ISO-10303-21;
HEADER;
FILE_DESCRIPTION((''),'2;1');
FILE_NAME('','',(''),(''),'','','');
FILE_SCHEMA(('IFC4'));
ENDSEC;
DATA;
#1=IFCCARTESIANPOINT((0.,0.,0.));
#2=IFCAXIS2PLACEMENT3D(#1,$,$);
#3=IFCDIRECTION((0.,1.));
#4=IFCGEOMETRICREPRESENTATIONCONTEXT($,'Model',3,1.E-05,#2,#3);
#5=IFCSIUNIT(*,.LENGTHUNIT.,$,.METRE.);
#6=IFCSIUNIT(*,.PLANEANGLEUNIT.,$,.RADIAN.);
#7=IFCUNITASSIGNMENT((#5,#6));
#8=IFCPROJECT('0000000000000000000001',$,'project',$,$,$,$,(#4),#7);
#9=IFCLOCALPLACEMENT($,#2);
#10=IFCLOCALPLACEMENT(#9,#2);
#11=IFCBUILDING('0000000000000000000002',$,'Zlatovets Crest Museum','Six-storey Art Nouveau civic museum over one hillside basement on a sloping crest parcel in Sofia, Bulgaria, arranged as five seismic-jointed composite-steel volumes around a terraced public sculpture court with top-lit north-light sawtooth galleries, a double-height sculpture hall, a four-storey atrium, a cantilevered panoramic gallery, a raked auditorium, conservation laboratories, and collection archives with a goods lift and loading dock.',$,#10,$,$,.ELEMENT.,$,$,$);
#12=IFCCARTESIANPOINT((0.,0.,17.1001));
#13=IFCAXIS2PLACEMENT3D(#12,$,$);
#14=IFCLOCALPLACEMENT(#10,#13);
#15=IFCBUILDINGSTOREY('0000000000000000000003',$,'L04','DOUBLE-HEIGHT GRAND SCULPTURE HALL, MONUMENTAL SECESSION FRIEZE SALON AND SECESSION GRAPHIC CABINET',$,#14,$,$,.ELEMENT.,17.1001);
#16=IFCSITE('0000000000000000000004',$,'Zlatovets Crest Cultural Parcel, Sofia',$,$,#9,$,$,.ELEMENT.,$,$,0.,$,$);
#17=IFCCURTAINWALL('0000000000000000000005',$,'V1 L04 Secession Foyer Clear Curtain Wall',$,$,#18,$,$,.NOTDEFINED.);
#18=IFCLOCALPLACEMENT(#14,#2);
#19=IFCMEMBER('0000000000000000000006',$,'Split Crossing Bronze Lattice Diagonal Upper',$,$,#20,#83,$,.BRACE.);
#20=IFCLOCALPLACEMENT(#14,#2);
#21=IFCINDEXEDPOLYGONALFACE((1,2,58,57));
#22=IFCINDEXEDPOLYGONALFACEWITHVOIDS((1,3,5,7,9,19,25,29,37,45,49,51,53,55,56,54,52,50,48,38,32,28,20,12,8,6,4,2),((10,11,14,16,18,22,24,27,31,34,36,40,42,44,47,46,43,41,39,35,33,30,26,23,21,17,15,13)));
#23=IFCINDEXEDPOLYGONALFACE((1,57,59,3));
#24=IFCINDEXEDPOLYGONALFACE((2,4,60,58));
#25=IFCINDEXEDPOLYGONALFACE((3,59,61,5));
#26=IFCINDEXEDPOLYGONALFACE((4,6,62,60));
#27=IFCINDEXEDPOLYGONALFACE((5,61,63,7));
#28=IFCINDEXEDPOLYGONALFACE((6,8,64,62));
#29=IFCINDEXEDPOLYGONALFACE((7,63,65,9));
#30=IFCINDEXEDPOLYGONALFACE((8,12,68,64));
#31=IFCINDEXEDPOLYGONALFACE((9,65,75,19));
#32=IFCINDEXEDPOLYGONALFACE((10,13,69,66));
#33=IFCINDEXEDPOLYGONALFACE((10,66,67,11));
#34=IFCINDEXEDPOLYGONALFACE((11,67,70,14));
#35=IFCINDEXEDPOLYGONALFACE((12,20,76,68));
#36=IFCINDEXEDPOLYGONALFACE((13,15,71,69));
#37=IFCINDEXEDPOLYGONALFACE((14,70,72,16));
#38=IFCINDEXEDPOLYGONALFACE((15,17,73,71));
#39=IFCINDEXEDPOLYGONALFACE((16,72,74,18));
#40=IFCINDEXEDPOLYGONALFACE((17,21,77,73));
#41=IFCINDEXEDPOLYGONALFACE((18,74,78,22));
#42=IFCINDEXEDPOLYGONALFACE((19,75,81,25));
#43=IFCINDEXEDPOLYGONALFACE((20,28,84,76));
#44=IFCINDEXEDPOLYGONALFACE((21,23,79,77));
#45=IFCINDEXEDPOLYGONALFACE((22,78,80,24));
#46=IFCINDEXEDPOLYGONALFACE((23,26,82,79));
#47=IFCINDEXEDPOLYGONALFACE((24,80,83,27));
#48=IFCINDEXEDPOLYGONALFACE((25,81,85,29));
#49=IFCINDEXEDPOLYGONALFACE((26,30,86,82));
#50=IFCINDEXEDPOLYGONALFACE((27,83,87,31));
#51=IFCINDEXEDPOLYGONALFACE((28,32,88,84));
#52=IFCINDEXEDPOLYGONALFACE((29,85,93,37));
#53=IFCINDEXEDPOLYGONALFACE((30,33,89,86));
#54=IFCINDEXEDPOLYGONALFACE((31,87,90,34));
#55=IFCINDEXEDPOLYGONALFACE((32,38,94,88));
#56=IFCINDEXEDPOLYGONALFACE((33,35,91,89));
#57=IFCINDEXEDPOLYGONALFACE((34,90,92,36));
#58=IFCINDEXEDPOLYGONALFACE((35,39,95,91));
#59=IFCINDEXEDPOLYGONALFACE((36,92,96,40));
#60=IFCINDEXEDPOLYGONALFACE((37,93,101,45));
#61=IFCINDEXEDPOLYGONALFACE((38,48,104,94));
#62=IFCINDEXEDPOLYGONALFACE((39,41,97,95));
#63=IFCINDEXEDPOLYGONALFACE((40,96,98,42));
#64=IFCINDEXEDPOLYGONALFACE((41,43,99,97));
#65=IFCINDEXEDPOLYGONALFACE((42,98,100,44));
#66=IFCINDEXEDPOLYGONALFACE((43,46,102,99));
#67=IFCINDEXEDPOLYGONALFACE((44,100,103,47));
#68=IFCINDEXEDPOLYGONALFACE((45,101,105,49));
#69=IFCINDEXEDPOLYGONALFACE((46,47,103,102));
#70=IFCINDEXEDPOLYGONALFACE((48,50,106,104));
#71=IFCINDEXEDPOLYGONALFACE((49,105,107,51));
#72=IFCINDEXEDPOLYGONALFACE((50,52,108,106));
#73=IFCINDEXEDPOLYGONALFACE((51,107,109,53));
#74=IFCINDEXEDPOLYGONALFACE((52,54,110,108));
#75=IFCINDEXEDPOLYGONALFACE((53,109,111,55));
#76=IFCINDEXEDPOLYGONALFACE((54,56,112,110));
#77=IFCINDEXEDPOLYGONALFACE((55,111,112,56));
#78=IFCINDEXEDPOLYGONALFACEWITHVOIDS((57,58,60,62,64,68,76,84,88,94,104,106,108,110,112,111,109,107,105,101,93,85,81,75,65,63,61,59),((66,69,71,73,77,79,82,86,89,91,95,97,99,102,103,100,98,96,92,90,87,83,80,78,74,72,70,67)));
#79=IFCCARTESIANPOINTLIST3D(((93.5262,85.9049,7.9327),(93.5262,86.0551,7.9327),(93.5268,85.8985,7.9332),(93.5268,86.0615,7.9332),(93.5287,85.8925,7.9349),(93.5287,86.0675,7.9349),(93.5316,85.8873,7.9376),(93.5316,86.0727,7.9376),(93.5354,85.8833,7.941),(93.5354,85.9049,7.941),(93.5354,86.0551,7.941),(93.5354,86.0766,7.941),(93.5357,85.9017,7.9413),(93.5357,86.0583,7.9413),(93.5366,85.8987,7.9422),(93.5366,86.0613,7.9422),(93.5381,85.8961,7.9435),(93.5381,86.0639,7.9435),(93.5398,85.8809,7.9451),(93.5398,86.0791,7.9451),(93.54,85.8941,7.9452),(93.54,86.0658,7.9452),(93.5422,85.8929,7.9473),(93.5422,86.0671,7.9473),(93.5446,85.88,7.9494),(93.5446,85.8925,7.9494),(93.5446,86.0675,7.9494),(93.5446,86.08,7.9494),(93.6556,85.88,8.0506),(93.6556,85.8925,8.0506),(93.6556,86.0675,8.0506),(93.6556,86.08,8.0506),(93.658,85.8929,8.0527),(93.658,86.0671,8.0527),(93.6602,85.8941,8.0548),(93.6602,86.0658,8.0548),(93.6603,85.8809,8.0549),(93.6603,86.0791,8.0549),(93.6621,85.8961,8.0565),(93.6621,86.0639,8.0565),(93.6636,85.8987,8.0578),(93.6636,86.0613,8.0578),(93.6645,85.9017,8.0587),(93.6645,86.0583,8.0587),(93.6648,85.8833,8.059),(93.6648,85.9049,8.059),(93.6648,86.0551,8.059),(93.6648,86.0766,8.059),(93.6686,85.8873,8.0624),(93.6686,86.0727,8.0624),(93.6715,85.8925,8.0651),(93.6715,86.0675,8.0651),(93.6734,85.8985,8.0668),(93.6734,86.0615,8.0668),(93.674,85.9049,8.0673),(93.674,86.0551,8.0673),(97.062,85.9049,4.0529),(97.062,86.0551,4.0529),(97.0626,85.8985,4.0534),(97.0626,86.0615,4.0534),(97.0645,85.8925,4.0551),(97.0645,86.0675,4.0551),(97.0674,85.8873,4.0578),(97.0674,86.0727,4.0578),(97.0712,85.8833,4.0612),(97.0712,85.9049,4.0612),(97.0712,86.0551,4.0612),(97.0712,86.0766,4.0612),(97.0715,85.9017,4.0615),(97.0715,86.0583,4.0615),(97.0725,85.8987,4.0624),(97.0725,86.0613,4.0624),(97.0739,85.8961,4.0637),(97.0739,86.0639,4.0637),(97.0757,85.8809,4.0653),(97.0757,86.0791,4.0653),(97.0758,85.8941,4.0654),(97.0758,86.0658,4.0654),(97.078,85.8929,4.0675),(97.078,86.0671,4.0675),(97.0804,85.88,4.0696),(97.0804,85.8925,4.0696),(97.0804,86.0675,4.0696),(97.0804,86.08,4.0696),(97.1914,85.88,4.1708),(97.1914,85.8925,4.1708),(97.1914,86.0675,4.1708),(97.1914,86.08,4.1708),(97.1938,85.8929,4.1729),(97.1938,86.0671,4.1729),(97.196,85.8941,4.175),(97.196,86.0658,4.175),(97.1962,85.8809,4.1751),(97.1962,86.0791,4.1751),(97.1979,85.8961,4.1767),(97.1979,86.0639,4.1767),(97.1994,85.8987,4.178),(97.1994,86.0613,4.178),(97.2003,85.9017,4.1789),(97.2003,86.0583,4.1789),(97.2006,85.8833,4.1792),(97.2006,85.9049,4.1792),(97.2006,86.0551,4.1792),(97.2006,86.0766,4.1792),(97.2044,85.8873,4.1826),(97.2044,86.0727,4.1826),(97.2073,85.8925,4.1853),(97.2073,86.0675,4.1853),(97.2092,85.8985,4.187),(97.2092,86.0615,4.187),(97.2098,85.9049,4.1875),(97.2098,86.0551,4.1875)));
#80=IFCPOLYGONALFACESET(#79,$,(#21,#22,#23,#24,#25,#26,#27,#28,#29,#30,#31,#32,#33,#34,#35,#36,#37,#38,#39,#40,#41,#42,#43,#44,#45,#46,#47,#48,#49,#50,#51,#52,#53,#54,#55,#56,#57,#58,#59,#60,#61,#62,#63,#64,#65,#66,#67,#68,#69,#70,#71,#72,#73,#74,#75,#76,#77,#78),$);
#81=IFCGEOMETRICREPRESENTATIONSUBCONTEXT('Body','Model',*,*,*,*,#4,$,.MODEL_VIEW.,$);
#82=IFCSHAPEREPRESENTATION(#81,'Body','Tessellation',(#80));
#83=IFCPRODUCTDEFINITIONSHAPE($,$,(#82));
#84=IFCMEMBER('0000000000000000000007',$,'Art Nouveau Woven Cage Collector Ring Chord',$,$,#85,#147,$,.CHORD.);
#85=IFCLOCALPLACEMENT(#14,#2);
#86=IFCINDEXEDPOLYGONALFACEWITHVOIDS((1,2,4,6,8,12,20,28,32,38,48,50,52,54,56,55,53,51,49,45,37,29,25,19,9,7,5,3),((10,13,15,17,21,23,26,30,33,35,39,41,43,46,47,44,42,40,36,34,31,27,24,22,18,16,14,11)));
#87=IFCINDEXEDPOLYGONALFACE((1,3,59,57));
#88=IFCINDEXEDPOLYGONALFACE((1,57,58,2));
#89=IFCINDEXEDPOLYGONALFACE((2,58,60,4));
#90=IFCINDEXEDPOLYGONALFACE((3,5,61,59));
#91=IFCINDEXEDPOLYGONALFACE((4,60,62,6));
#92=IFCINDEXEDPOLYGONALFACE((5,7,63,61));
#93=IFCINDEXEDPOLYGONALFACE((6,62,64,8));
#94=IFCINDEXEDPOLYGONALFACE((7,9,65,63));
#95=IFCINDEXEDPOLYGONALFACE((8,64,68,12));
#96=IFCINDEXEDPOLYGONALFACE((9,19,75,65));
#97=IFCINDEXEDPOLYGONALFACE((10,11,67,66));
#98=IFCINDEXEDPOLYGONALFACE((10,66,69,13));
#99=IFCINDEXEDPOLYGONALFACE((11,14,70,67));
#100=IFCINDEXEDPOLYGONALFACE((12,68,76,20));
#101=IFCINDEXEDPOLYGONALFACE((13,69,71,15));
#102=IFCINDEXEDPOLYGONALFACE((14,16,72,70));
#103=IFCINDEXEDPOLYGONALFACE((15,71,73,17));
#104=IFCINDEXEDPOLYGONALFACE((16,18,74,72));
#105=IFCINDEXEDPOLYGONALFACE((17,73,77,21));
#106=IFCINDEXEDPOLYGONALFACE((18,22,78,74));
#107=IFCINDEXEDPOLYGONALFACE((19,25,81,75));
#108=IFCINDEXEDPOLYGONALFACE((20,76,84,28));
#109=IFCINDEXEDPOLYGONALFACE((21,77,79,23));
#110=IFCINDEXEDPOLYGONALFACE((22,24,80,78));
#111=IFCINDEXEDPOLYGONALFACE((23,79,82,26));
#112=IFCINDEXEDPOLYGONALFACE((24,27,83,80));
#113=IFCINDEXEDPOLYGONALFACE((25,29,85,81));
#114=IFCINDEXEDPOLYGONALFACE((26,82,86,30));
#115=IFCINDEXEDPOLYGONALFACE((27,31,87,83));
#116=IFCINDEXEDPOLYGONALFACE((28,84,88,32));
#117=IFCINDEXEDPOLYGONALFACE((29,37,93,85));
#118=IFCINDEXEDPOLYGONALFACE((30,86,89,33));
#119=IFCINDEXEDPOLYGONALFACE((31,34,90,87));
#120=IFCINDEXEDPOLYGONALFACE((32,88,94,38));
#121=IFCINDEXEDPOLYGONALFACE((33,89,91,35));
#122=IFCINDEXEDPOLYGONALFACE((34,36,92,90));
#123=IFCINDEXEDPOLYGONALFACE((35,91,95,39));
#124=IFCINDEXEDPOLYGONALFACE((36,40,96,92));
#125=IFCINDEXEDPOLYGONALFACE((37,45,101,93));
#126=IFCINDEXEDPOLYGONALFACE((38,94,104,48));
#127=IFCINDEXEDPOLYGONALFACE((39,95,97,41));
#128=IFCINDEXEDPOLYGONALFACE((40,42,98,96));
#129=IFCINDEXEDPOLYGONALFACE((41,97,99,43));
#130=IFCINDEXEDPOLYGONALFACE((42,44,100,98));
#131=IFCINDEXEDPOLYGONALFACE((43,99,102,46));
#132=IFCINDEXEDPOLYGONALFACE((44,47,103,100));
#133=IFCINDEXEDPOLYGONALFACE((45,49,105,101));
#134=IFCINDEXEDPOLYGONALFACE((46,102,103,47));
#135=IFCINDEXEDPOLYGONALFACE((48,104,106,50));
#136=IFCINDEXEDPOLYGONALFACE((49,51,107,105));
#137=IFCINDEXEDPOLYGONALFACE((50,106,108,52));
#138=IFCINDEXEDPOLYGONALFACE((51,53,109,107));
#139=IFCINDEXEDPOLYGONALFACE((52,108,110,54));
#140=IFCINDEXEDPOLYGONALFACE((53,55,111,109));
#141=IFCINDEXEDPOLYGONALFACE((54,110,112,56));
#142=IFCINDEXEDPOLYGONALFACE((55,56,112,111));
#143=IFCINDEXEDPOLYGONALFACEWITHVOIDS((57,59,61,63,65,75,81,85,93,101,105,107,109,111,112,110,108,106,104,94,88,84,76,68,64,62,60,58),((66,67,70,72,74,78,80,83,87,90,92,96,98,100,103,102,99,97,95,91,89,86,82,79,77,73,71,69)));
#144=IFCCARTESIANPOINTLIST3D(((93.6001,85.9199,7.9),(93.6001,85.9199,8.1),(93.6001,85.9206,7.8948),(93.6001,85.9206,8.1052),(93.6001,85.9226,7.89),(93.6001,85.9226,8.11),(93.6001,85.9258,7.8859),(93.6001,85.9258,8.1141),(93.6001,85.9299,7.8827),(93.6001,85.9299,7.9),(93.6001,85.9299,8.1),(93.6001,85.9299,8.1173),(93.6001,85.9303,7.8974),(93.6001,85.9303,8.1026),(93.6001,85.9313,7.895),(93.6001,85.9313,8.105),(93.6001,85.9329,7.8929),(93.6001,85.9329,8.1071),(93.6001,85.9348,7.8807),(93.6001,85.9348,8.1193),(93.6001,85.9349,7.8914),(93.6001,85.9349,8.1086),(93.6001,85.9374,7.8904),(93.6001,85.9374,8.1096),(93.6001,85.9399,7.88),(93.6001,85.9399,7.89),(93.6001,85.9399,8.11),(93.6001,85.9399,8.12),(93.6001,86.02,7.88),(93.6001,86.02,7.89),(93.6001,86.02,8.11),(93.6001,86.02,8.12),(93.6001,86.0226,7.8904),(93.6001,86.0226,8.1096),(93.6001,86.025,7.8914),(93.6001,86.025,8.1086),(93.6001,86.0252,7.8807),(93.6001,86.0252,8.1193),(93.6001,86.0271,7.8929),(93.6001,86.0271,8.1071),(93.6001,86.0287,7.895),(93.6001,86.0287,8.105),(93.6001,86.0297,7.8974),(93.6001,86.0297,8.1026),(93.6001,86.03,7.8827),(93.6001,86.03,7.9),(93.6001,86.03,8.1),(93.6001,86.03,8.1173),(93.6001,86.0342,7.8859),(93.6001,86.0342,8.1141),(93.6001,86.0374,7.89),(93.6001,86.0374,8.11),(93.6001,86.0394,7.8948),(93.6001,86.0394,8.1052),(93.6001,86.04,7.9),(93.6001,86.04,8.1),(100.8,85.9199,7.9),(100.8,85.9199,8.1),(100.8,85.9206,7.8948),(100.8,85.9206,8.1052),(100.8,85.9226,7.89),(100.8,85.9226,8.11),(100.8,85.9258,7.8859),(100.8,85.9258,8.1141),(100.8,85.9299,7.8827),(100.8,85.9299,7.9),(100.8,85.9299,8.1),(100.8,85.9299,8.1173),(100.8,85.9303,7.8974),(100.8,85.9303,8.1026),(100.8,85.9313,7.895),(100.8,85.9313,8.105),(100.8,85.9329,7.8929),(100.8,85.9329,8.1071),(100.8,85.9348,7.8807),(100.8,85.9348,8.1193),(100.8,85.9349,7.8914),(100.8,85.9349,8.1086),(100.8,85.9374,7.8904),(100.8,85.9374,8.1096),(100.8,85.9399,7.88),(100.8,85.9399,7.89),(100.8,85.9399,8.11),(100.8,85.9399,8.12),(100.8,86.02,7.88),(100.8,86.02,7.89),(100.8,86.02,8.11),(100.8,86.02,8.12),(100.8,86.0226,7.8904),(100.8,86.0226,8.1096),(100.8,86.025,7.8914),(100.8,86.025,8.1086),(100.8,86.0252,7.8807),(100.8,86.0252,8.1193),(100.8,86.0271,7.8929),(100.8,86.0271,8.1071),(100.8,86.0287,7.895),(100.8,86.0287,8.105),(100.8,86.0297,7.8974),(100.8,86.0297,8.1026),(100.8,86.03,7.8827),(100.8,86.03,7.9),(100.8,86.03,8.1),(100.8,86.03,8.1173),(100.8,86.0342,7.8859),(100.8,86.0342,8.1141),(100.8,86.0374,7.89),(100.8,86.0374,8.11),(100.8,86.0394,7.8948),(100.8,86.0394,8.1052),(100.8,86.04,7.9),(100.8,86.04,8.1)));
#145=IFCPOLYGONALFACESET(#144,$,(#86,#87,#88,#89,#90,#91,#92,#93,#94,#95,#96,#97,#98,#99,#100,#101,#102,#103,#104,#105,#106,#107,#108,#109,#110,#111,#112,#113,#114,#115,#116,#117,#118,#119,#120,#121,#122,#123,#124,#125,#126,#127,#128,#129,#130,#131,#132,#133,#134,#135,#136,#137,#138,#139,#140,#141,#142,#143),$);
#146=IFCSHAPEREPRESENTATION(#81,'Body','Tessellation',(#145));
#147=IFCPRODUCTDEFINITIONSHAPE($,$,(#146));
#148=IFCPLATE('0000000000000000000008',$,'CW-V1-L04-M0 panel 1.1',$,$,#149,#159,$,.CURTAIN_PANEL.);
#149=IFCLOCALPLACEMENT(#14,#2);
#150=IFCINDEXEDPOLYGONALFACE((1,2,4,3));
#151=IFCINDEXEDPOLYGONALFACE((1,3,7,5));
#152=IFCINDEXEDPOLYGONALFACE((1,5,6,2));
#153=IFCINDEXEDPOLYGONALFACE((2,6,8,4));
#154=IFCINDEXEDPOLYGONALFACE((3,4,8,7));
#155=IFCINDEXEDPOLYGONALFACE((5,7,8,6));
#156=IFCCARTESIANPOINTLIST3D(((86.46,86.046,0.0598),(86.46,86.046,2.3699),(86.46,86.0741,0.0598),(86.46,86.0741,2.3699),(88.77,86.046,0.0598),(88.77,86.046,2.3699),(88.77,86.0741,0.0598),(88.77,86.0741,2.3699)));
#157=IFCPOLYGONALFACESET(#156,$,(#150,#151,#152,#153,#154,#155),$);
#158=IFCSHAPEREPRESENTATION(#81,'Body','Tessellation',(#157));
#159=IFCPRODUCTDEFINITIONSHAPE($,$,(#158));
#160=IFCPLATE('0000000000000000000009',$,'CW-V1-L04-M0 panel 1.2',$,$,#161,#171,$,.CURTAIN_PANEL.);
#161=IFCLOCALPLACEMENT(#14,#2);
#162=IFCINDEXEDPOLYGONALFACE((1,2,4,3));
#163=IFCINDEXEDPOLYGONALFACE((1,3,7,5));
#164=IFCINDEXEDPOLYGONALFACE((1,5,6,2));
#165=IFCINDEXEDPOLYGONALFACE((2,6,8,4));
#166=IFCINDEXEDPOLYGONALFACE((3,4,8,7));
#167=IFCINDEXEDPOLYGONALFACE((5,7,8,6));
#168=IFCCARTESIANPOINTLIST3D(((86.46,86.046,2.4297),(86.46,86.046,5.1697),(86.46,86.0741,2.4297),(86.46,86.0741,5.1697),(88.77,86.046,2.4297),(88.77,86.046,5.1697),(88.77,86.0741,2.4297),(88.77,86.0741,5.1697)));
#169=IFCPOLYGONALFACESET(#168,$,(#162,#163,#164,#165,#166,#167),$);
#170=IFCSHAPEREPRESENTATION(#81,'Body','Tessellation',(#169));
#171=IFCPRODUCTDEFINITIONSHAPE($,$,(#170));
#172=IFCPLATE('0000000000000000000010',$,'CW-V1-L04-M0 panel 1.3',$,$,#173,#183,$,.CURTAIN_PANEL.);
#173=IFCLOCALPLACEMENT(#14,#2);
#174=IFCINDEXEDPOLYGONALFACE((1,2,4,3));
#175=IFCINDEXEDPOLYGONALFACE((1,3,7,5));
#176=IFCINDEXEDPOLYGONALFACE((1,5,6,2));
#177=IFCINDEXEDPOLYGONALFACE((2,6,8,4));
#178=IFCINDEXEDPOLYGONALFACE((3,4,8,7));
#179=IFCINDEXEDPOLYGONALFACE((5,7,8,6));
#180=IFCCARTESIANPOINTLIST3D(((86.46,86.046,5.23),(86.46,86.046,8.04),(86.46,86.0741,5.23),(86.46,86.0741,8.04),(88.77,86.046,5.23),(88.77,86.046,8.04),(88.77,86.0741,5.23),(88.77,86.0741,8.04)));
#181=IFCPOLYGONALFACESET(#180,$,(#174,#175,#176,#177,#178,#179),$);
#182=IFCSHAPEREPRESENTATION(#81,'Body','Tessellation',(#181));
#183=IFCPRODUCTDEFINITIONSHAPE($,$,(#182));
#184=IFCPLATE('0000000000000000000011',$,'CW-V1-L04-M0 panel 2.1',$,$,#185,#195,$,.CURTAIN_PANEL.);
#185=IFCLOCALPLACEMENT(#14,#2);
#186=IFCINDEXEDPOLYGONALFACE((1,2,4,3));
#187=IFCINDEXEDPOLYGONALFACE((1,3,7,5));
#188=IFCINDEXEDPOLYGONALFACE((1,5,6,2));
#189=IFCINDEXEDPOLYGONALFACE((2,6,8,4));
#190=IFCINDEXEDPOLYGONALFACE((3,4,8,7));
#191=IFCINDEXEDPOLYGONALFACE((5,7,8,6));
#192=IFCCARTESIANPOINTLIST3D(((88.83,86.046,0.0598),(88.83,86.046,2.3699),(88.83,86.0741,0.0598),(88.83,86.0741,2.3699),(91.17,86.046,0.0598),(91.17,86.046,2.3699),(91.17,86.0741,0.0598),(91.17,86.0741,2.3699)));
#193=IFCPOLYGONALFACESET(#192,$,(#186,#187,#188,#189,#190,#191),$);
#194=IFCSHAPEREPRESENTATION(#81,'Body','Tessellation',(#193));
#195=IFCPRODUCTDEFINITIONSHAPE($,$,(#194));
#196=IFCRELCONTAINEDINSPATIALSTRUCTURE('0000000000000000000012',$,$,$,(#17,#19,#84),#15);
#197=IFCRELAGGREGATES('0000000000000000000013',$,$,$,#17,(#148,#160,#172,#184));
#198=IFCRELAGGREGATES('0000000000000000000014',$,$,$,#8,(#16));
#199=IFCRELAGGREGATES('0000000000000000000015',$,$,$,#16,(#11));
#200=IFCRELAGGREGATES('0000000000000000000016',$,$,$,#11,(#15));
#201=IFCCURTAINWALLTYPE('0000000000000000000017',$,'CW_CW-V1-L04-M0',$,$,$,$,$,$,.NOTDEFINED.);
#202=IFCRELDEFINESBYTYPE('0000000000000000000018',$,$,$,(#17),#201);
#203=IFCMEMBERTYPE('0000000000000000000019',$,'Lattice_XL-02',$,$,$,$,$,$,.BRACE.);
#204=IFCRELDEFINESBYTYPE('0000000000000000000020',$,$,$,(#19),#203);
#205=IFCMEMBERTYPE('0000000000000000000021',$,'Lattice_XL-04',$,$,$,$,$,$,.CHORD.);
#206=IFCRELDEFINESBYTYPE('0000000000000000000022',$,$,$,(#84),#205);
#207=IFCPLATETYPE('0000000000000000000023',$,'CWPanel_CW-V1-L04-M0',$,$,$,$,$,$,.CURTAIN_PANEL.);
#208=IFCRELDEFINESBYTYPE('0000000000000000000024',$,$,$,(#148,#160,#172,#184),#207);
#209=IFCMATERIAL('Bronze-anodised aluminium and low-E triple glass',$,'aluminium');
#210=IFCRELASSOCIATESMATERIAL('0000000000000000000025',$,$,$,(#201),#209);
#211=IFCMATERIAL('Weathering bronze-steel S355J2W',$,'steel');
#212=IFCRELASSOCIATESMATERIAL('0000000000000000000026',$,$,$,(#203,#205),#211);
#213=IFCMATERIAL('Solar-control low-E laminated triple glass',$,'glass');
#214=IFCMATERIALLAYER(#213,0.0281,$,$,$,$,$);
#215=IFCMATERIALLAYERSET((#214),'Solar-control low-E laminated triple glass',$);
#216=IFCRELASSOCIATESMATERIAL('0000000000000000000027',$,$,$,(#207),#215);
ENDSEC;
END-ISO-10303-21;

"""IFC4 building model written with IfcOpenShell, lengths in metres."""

from ifc_helpers import new_model, si_unit, direction, frame, origin, origin_2d, place, context, subcontext, project, spatial, rectangle, hollow_rectangle, extrude, material, layer, layer_set, material_profile, profile_set, type_object, element, aggregate, save


model = new_model("IFC4")

# Units and contexts
model_context = context("Model", 3, precision=1e-05, world=origin(), true_north=direction((0.0, 1.0)))
body_context = subcontext(model_context, "Body", "Model", "MODEL_VIEW")
ifc_project = project(units=[si_unit("LENGTHUNIT", "METRE"), si_unit("PLANEANGLEUNIT", "RADIAN")], contexts=[model_context])

# Site, building, storey
site_placement = place(None, origin())
site = spatial("IfcSite", under=ifc_project, at=site_placement, Name="Zlatovets Crest Cultural Parcel, Sofia", CompositionType="ELEMENT", RefElevation=0.0)
building_placement = place(site_placement, origin())
building = spatial("IfcBuilding", under=site, at=building_placement, Name="Zlatovets Crest Museum", Description="Six-storey Art Nouveau civic museum over one hillside basement on a sloping crest parcel in Sofia, Bulgaria, arranged as five seismic-jointed composite-steel volumes around a terraced public sculpture court with top-lit north-light sawtooth galleries, a double-height sculpture hall, a four-storey atrium, a cantilevered panoramic gallery, a raked auditorium, conservation laboratories, and collection archives with a goods lift and loading dock.", CompositionType="ELEMENT")
storey_placement = place(building_placement, frame((0.0, 0.0, 17.1001)))
storey = spatial("IfcBuildingStorey", under=building, at=storey_placement, Name="L04", Description="DOUBLE-HEIGHT GRAND SCULPTURE HALL, MONUMENTAL SECESSION FRIEZE SALON AND SECESSION GRAPHIC CABINET", CompositionType="ELEMENT", Elevation=17.1001)

# Curtain wall
ifc_material_1 = material(Name="Bronze-anodised aluminium and low-E triple glass", Category="aluminium")
curtain_wall_type = type_object("IfcCurtainWallType", Name="CW_CW-V1-L04-M0", PredefinedType="NOTDEFINED", material=ifc_material_1)
curtain_wall_placement = place(storey_placement, origin())
curtain_wall = element("IfcCurtainWall", 1, at=curtain_wall_placement, inside=storey, type_object=curtain_wall_type, Name="V1 L04 Secession Foyer Clear Curtain Wall", PredefinedType="NOTDEFINED")

# Members
ifc_material_2 = material(Name="Weathering bronze-steel S355J2W", Category="steel")
ifc_material_profile_1 = material_profile(ifc_material_2, hollow_rectangle(XDim=0.2, YDim=0.2, WallThickness=0.0125, InnerFilletRadius=0.0125, OuterFilletRadius=0.0249, at=origin_2d()), Name="SHS 200x200x12.5")
ifc_profile_set_1 = profile_set([ifc_material_profile_1], Name="Weathering bronze-steel S355J2W")
member_type_1 = type_object("IfcMemberType", Name="Lattice_XL-02", PredefinedType="BRACE", material=ifc_profile_set_1)
member_1_placement = place(storey_placement, frame((93.6001, 85.98, 8.0), z_axis=(0.673582, 0.0, -0.739112), x_axis=(0.0, 1.0, 0.0)))
element("IfcMember", 2, at=member_1_placement, inside=storey, type_object=member_type_1, Name="Split Crossing Bronze Lattice Diagonal Upper", PredefinedType="BRACE", context=body_context, shape_type="SweptSolid", body=[
    extrude(hollow_rectangle(XDim=0.2, YDim=0.2, WallThickness=0.0125, InnerFilletRadius=0.0125, OuterFilletRadius=0.0249, at=origin_2d()), origin(), (0.0, 0.0, 1.0), 5.2493),
])
ifc_material_profile_2 = material_profile(ifc_material_2, hollow_rectangle(XDim=0.1201, YDim=0.24, WallThickness=0.01, InnerFilletRadius=0.01, OuterFilletRadius=0.02, at=origin_2d()), Name="RHS 120x240x10.0")
ifc_profile_set_2 = profile_set([ifc_material_profile_2], Name="Weathering bronze-steel S355J2W")
member_type_2 = type_object("IfcMemberType", Name="Lattice_XL-04", PredefinedType="CHORD", material=ifc_profile_set_2)
member_2_placement = place(storey_placement, frame((93.6001, 85.98, 8.0), z_axis=(1.0, 0.0, 0.0), x_axis=(0.0, 1.0, 0.0)))
element("IfcMember", 3, at=member_2_placement, inside=storey, type_object=member_type_2, Name="Art Nouveau Woven Cage Collector Ring Chord", PredefinedType="CHORD", context=body_context, shape_type="SweptSolid", body=[
    extrude(hollow_rectangle(XDim=0.1201, YDim=0.24, WallThickness=0.01, InnerFilletRadius=0.01, OuterFilletRadius=0.02, at=origin_2d()), origin(), (0.0, 0.0, 1.0), 7.2),
])

# Plates
ifc_material_3 = material(Name="Solar-control low-E laminated triple glass", Category="glass")
ifc_layer_1 = layer(ifc_material_3, 0.0281)
ifc_layer_set_1 = layer_set([ifc_layer_1], Name="Solar-control low-E laminated triple glass")
plate_type_1 = type_object("IfcPlateType", Name="CWPanel_CW-V1-L04-M0", PredefinedType="CURTAIN_PANEL", material=ifc_layer_set_1)
plate_1_placement = place(storey_placement, frame((87.615, 86.0601, 0.0598), z_axis=(0.0, 0.0, 1.0), x_axis=(1.0, 0.0, 0.0)))
plate_1 = element("IfcPlate", 4, at=plate_1_placement, type_object=plate_type_1, Name="CW-V1-L04-M0 panel 1.1", PredefinedType="CURTAIN_PANEL", context=body_context, shape_type="SweptSolid", body=[
    extrude(rectangle(XDim=2.3101, YDim=0.0281, at=origin_2d()), origin(), (0.0, 0.0, 1.0), 2.3101),
])
plate_2_placement = place(storey_placement, frame((87.615, 86.0601, 2.4297), z_axis=(0.0, 0.0, 1.0), x_axis=(1.0, 0.0, 0.0)))
plate_2 = element("IfcPlate", 5, at=plate_2_placement, type_object=plate_type_1, Name="CW-V1-L04-M0 panel 1.2", PredefinedType="CURTAIN_PANEL", context=body_context, shape_type="SweptSolid", body=[
    extrude(rectangle(XDim=2.3101, YDim=0.0281, at=origin_2d()), origin(), (0.0, 0.0, 1.0), 2.74),
])
plate_3_placement = place(storey_placement, frame((87.615, 86.0601, 5.23), z_axis=(0.0, 0.0, 1.0), x_axis=(1.0, 0.0, 0.0)))
plate_3 = element("IfcPlate", 6, at=plate_3_placement, type_object=plate_type_1, Name="CW-V1-L04-M0 panel 1.3", PredefinedType="CURTAIN_PANEL", context=body_context, shape_type="SweptSolid", body=[
    extrude(rectangle(XDim=2.3101, YDim=0.0281, at=origin_2d()), origin(), (0.0, 0.0, 1.0), 2.8101),
])
plate_4_placement = place(storey_placement, frame((90.0, 86.0601, 0.0598), z_axis=(0.0, 0.0, 1.0), x_axis=(1.0, 0.0, 0.0)))
plate_4 = element("IfcPlate", 7, at=plate_4_placement, type_object=plate_type_1, Name="CW-V1-L04-M0 panel 2.1", PredefinedType="CURTAIN_PANEL", context=body_context, shape_type="SweptSolid", body=[
    extrude(rectangle(XDim=2.3401, YDim=0.0281, at=origin_2d()), origin(), (0.0, 0.0, 1.0), 2.3101),
])
aggregate(curtain_wall, [plate_1, plate_2, plate_3, plate_4])

save(model, "model.ifc")
